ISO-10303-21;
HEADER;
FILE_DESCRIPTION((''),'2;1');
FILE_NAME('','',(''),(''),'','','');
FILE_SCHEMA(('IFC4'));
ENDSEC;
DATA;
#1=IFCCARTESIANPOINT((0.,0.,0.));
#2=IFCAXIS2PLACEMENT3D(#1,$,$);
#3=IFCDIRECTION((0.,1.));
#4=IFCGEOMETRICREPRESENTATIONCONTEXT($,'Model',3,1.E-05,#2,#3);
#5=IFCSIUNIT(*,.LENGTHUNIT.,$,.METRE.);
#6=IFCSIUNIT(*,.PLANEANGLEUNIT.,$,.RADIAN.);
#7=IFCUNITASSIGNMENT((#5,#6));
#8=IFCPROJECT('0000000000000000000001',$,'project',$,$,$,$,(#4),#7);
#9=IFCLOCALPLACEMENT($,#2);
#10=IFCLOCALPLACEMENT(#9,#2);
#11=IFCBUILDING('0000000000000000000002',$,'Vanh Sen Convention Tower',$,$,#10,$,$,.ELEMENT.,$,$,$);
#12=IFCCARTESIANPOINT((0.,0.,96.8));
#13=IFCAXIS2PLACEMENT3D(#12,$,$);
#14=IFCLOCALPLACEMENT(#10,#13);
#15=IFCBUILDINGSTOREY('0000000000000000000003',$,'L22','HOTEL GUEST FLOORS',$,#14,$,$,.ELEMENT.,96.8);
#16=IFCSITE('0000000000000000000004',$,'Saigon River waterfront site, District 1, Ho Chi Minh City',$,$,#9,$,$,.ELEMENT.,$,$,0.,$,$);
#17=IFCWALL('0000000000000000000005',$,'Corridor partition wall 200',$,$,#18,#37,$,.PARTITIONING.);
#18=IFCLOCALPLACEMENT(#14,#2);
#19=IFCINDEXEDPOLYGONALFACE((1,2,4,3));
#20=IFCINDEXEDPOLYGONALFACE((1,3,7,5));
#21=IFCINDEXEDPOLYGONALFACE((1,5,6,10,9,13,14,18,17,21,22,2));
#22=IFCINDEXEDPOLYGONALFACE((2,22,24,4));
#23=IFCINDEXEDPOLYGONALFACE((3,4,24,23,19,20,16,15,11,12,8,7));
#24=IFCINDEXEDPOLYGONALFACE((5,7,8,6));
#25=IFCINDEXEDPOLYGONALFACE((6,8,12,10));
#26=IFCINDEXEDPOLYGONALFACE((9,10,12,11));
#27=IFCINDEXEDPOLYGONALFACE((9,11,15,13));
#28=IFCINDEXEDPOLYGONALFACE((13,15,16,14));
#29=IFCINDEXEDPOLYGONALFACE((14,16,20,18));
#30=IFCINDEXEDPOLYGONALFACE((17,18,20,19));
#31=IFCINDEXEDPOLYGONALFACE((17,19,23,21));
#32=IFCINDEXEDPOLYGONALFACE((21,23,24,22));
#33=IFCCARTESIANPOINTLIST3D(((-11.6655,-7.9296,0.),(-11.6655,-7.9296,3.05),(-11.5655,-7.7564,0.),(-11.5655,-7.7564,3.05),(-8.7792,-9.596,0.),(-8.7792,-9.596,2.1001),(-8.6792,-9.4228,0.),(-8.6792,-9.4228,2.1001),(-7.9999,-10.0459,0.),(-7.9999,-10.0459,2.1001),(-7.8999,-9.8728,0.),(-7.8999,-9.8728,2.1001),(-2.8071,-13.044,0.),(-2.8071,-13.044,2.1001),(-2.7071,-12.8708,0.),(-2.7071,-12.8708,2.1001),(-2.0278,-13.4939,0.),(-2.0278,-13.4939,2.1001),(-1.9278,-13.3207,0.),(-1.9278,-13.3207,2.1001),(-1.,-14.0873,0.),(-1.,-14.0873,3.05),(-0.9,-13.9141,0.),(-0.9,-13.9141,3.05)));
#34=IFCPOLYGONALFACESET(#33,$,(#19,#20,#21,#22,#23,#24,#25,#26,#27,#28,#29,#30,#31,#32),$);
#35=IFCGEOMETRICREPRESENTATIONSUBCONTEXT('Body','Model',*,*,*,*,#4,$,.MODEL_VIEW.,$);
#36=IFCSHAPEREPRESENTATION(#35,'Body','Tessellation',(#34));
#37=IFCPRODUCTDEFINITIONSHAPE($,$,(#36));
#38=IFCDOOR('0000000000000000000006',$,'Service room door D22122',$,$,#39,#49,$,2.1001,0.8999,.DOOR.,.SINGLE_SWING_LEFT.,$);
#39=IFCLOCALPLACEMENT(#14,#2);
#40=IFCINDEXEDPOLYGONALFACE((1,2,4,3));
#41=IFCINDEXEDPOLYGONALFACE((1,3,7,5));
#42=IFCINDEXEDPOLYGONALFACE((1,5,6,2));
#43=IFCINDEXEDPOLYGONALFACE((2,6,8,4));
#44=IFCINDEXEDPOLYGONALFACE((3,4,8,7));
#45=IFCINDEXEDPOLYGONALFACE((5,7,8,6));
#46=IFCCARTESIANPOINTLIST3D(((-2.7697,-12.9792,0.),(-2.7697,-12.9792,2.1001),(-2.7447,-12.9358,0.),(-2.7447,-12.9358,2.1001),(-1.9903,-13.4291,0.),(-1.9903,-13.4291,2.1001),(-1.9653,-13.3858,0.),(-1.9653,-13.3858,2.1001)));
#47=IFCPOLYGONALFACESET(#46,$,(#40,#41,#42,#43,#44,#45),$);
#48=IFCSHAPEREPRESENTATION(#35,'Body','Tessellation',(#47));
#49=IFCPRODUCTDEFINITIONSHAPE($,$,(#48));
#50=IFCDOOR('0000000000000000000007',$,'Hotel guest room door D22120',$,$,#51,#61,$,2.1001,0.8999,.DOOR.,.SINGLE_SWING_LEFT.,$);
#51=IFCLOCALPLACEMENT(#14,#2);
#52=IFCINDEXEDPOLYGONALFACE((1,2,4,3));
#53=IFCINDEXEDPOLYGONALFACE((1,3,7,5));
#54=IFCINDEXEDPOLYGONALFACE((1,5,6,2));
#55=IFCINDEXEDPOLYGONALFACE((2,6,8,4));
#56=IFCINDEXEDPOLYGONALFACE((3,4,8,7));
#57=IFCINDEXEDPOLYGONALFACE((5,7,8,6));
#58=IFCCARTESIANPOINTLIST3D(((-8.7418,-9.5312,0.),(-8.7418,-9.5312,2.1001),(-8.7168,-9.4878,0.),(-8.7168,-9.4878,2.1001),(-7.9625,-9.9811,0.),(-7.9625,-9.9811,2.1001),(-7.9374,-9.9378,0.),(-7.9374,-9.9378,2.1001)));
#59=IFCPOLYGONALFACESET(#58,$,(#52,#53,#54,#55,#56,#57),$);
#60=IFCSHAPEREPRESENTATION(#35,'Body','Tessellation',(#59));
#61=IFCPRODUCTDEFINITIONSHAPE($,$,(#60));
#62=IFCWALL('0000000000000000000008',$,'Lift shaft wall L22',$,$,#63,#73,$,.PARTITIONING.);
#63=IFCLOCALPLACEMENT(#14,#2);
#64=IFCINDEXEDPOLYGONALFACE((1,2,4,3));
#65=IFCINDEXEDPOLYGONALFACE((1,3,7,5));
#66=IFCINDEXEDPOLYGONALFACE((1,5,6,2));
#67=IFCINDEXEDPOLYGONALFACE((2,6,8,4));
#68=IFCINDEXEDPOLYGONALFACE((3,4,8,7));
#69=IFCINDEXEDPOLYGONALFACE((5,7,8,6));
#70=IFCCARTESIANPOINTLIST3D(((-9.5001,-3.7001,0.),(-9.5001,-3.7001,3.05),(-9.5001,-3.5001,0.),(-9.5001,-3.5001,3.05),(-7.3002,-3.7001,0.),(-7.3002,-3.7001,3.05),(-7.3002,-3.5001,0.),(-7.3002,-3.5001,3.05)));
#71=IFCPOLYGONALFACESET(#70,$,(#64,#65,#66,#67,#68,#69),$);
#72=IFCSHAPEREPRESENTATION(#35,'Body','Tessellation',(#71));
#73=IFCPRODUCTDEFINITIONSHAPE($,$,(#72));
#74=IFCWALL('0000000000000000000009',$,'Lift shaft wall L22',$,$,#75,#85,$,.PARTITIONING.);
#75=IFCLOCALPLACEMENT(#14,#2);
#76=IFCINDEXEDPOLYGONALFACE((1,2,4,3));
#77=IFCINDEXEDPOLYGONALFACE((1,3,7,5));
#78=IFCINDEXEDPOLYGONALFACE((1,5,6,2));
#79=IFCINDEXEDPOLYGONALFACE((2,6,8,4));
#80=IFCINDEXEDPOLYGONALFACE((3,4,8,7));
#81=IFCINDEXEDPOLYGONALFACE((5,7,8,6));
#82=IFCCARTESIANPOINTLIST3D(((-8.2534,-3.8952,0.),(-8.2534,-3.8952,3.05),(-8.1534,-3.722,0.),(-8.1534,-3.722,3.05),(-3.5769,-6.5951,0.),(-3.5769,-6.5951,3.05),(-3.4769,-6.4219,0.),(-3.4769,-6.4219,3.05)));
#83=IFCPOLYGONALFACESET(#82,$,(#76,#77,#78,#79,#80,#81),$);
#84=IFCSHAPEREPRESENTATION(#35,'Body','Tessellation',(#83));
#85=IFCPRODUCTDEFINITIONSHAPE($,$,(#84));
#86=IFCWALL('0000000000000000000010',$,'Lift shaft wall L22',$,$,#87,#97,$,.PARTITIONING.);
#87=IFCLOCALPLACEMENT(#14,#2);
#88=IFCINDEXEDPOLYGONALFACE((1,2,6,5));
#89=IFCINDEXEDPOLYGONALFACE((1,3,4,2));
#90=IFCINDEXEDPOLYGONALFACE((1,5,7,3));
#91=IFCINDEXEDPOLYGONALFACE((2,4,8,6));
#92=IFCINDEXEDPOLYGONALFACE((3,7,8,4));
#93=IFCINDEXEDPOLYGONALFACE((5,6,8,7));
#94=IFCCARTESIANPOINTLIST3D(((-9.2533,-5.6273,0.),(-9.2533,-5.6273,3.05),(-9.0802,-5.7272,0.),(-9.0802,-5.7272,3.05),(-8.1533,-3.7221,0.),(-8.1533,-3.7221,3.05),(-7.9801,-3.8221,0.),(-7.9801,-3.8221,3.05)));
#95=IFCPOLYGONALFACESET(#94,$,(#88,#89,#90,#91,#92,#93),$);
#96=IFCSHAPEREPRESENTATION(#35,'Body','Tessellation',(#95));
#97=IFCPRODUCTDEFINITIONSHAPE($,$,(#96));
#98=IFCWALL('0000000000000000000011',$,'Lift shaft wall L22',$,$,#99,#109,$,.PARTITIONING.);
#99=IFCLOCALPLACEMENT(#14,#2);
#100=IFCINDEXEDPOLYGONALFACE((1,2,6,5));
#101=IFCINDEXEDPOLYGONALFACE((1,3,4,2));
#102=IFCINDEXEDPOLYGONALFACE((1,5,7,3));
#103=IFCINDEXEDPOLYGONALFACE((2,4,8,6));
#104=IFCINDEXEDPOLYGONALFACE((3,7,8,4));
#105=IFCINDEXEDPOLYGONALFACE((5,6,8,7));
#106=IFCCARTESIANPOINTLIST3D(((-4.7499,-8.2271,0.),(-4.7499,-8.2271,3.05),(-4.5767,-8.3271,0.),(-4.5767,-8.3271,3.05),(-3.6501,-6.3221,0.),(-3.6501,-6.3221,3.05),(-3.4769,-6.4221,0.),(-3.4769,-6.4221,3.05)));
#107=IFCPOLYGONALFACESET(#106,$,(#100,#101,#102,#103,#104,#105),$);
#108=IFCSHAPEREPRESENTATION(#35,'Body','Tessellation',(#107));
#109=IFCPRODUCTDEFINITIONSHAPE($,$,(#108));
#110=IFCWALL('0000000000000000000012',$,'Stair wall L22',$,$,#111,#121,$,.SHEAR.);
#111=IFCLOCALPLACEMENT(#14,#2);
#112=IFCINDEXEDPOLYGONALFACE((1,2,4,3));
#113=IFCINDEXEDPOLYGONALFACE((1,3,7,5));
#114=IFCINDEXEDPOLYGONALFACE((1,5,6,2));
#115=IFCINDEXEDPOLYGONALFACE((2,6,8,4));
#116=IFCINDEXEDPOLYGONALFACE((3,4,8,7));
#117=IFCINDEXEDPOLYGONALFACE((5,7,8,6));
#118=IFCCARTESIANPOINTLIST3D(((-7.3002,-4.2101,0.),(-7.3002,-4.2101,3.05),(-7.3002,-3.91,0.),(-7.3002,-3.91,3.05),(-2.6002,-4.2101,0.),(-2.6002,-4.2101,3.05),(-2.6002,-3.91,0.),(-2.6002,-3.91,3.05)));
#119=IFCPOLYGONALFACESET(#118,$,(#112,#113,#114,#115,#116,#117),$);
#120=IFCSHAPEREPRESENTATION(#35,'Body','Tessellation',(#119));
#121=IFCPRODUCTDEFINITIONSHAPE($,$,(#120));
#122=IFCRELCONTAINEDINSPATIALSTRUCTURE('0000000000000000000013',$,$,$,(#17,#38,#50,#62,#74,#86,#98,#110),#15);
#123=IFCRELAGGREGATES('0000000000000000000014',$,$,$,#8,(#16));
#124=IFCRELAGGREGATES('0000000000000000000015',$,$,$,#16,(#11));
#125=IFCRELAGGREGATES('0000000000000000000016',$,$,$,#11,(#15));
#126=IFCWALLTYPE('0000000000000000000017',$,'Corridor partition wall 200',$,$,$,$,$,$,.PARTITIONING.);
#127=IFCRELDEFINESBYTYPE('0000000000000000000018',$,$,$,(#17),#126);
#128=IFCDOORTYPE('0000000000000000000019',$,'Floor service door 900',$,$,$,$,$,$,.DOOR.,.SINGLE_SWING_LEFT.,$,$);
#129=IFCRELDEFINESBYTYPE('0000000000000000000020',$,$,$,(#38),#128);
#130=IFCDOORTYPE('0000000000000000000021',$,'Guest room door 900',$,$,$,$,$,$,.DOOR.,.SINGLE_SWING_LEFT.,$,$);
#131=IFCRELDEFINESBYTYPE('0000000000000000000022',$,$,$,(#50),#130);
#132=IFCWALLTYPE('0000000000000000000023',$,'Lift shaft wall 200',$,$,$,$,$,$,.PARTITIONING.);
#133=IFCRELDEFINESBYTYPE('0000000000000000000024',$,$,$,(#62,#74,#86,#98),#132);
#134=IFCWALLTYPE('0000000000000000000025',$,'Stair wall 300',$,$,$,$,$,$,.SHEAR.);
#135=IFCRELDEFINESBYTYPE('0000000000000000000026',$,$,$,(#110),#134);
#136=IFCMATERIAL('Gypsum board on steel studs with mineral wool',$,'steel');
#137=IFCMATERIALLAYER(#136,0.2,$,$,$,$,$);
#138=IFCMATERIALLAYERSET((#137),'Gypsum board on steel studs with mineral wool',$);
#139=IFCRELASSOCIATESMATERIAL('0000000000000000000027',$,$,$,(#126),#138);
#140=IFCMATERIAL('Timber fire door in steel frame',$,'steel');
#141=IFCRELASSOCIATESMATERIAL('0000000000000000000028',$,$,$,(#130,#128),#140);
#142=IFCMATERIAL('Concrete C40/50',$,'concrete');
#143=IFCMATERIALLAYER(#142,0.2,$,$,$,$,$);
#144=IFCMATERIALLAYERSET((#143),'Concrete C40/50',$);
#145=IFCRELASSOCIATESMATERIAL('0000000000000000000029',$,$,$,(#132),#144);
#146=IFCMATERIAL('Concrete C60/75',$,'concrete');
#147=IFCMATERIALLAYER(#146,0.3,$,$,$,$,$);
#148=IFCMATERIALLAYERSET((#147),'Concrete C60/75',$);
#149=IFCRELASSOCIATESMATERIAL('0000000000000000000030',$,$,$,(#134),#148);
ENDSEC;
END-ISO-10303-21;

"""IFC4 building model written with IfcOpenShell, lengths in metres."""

from ifc_helpers import new_model, si_unit, direction, frame, frame_2d, origin, place, context, subcontext, project, spatial, rectangle, extrude, material, layer, layer_set, type_object, element, fill, save


model = new_model("IFC4")

# Units and contexts
model_context = context("Model", 3, precision=1e-05, world=origin(), true_north=direction((0.0, 1.0)))
body_context = subcontext(model_context, "Body", "Model", "MODEL_VIEW")
ifc_project = project(units=[si_unit("LENGTHUNIT", "METRE"), si_unit("PLANEANGLEUNIT", "RADIAN")], contexts=[model_context])

# Site, building, storey
site_placement = place(None, origin())
site = spatial("IfcSite", under=ifc_project, at=site_placement, Name="Saigon River waterfront site, District 1, Ho Chi Minh City", CompositionType="ELEMENT", RefElevation=0.0)
building_placement = place(site_placement, origin())
building = spatial("IfcBuilding", under=site, at=building_placement, Name="Vanh Sen Convention Tower", CompositionType="ELEMENT")
storey_placement = place(building_placement, frame((0.0, 0.0, 96.8)))
storey = spatial("IfcBuildingStorey", under=building, at=storey_placement, Name="L22", Description="HOTEL GUEST FLOORS", CompositionType="ELEMENT", Elevation=96.8)

# Shared definitions
ifc_material_1 = material(Name="Gypsum board on steel studs with mineral wool", Category="steel")
ifc_layer_1 = layer(ifc_material_1, 0.2)
ifc_layer_set_1 = layer_set([ifc_layer_1], Name="Gypsum board on steel studs with mineral wool")
wall_type_1 = type_object("IfcWallType", Name="Corridor partition wall 200", PredefinedType="PARTITIONING", material=ifc_layer_set_1)
ifc_material_2 = material(Name="Timber fire door in steel frame", Category="steel")
door_type_1 = type_object("IfcDoorType", Name="Guest room door 900", OperationType="SINGLE_SWING_LEFT", PredefinedType="DOOR", material=ifc_material_2)

# Wall, openings, doors
wall_1_placement = place(storey_placement, frame((-11.6155, -7.843, 0.0), z_axis=(0.0, 0.0, 1.0), x_axis=(0.866026, -0.499998, 0.0)))
wall_1 = element("IfcWall", 1, at=wall_1_placement, inside=storey, type_object=wall_type_1, Name="Corridor partition wall 200", PredefinedType="PARTITIONING", context=body_context, shape_type="SweptSolid", body=[
    extrude(rectangle(XDim=12.3154, YDim=0.2, at=frame_2d((6.1577, 0.0))), origin(), (0.0, 0.0, 1.0), 3.05),
])
opening_1_placement = place(wall_1_placement, frame((3.3328, 0.0, 0.0)))
opening_1 = element("IfcOpeningElement", 2, at=opening_1_placement, cuts=wall_1, PredefinedType="OPENING", context=body_context, shape_type="SweptSolid", body=[
    extrude(rectangle(XDim=0.8999, YDim=2.1001, at=frame_2d((0.45, 1.05))), frame((0.0, 0.1099, 0.0), z_axis=(0.0, -1.0, 0.0), x_axis=(1.0, 0.0, 0.0)), (0.0, 0.0, 1.0), 0.22),
])
opening_2_placement = place(wall_1_placement, frame((10.2288, 0.0, 0.0)))
opening_2 = element("IfcOpeningElement", 3, at=opening_2_placement, cuts=wall_1, PredefinedType="OPENING", context=body_context, shape_type="SweptSolid", body=[
    extrude(rectangle(XDim=0.8999, YDim=2.1001, at=frame_2d((0.45, 1.05))), frame((0.0, 0.1099, 0.0), z_axis=(0.0, -1.0, 0.0), x_axis=(1.0, 0.0, 0.0)), (0.0, 0.0, 1.0), 0.22),
])
door_type_2 = type_object("IfcDoorType", Name="Floor service door 900", OperationType="SINGLE_SWING_LEFT", PredefinedType="DOOR", material=ifc_material_2)
door_1_placement = place(opening_2_placement, origin())
door_1 = element("IfcDoor", 4, at=door_1_placement, inside=storey, type_object=door_type_2, Name="Service room door D22122", OperationType="SINGLE_SWING_LEFT", OverallHeight=2.1001, OverallWidth=0.8999, PredefinedType="DOOR", context=body_context, shape_type="SweptSolid", body=[
    extrude(rectangle(XDim=0.8999, YDim=2.1001, at=frame_2d((0.45, 1.05))), frame((0.0, 0.0249, 0.0), z_axis=(0.0, -1.0, 0.0), x_axis=(1.0, 0.0, 0.0)), (0.0, 0.0, 1.0), 0.05),
])
fill(opening_2, door_1)
door_2_placement = place(opening_1_placement, origin())
door_2 = element("IfcDoor", 5, at=door_2_placement, inside=storey, type_object=door_type_1, Name="Hotel guest room door D22120", OperationType="SINGLE_SWING_LEFT", OverallHeight=2.1001, OverallWidth=0.8999, PredefinedType="DOOR", context=body_context, shape_type="SweptSolid", body=[
    extrude(rectangle(XDim=0.8999, YDim=2.1001, at=frame_2d((0.45, 1.05))), frame((0.0, 0.0249, 0.0), z_axis=(0.0, -1.0, 0.0), x_axis=(1.0, 0.0, 0.0)), (0.0, 0.0, 1.0), 0.05),
])
fill(opening_1, door_2)

# Walls
ifc_material_3 = material(Name="Concrete C40/50", Category="concrete")
ifc_layer_2 = layer(ifc_material_3, 0.2)
ifc_layer_set_2 = layer_set([ifc_layer_2], Name="Concrete C40/50")
wall_type_2 = type_object("IfcWallType", Name="Lift shaft wall 200", PredefinedType="PARTITIONING", material=ifc_layer_set_2)
wall_2_placement = place(storey_placement, frame((-7.3, -3.6001, 0.0), z_axis=(0.0, 0.0, 1.0), x_axis=(-1.0, 0.0, 0.0)))
element("IfcWall", 6, at=wall_2_placement, inside=storey, type_object=wall_type_2, Name="Lift shaft wall L22", PredefinedType="PARTITIONING", context=body_context, shape_type="SweptSolid", body=[
    extrude(rectangle(XDim=2.2, YDim=0.2, at=frame_2d((1.1001, 0.0))), origin(), (0.0, 0.0, 1.0), 3.05),
])
wall_3_placement = place(storey_placement, frame((-8.2034, -3.8086, 0.0), z_axis=(0.0, 0.0, 1.0), x_axis=(0.866028, -0.499995, 0.0)))
element("IfcWall", 7, at=wall_3_placement, inside=storey, type_object=wall_type_2, Name="Lift shaft wall L22", PredefinedType="PARTITIONING", context=body_context, shape_type="SweptSolid", body=[
    extrude(rectangle(XDim=5.3999, YDim=0.2, at=frame_2d((2.7, 0.0))), origin(), (0.0, 0.0, 1.0), 3.05),
])
wall_4_placement = place(storey_placement, frame((-8.0667, -3.772, 0.0), z_axis=(0.0, 0.0, 1.0), x_axis=(-0.50003, -0.866008, 0.0)))
element("IfcWall", 8, at=wall_4_placement, inside=storey, type_object=wall_type_2, Name="Lift shaft wall L22", PredefinedType="PARTITIONING", context=body_context, shape_type="SweptSolid", body=[
    extrude(rectangle(XDim=2.2, YDim=0.2, at=frame_2d((1.1001, 0.0))), origin(), (0.0, 0.0, 1.0), 3.05),
])
wall_5_placement = place(storey_placement, frame((-3.5635, -6.3721, 0.0), z_axis=(0.0, 0.0, 1.0), x_axis=(-0.499995, -0.866028, 0.0)))
element("IfcWall", 9, at=wall_5_placement, inside=storey, type_object=wall_type_2, Name="Lift shaft wall L22", PredefinedType="PARTITIONING", context=body_context, shape_type="SweptSolid", body=[
    extrude(rectangle(XDim=2.1997, YDim=0.2, at=frame_2d((1.0999, 0.0))), origin(), (0.0, 0.0, 1.0), 3.05),
])
ifc_material_4 = material(Name="Concrete C60/75", Category="concrete")
ifc_layer_3 = layer(ifc_material_4, 0.3)
ifc_layer_set_3 = layer_set([ifc_layer_3], Name="Concrete C60/75")
wall_type_3 = type_object("IfcWallType", Name="Stair wall 300", PredefinedType="SHEAR", material=ifc_layer_set_3)
wall_6_placement = place(storey_placement, frame((-2.6001, -4.0601, 0.0), z_axis=(0.0, 0.0, 1.0), x_axis=(-1.0, 0.0, 0.0)))
element("IfcWall", 10, at=wall_6_placement, inside=storey, type_object=wall_type_3, Name="Stair wall L22", PredefinedType="SHEAR", context=body_context, shape_type="SweptSolid", body=[
    extrude(rectangle(XDim=4.7, YDim=0.3, at=frame_2d((2.3501, 0.0))), origin(), (0.0, 0.0, 1.0), 3.05),
])

save(model, "model.ifc")
